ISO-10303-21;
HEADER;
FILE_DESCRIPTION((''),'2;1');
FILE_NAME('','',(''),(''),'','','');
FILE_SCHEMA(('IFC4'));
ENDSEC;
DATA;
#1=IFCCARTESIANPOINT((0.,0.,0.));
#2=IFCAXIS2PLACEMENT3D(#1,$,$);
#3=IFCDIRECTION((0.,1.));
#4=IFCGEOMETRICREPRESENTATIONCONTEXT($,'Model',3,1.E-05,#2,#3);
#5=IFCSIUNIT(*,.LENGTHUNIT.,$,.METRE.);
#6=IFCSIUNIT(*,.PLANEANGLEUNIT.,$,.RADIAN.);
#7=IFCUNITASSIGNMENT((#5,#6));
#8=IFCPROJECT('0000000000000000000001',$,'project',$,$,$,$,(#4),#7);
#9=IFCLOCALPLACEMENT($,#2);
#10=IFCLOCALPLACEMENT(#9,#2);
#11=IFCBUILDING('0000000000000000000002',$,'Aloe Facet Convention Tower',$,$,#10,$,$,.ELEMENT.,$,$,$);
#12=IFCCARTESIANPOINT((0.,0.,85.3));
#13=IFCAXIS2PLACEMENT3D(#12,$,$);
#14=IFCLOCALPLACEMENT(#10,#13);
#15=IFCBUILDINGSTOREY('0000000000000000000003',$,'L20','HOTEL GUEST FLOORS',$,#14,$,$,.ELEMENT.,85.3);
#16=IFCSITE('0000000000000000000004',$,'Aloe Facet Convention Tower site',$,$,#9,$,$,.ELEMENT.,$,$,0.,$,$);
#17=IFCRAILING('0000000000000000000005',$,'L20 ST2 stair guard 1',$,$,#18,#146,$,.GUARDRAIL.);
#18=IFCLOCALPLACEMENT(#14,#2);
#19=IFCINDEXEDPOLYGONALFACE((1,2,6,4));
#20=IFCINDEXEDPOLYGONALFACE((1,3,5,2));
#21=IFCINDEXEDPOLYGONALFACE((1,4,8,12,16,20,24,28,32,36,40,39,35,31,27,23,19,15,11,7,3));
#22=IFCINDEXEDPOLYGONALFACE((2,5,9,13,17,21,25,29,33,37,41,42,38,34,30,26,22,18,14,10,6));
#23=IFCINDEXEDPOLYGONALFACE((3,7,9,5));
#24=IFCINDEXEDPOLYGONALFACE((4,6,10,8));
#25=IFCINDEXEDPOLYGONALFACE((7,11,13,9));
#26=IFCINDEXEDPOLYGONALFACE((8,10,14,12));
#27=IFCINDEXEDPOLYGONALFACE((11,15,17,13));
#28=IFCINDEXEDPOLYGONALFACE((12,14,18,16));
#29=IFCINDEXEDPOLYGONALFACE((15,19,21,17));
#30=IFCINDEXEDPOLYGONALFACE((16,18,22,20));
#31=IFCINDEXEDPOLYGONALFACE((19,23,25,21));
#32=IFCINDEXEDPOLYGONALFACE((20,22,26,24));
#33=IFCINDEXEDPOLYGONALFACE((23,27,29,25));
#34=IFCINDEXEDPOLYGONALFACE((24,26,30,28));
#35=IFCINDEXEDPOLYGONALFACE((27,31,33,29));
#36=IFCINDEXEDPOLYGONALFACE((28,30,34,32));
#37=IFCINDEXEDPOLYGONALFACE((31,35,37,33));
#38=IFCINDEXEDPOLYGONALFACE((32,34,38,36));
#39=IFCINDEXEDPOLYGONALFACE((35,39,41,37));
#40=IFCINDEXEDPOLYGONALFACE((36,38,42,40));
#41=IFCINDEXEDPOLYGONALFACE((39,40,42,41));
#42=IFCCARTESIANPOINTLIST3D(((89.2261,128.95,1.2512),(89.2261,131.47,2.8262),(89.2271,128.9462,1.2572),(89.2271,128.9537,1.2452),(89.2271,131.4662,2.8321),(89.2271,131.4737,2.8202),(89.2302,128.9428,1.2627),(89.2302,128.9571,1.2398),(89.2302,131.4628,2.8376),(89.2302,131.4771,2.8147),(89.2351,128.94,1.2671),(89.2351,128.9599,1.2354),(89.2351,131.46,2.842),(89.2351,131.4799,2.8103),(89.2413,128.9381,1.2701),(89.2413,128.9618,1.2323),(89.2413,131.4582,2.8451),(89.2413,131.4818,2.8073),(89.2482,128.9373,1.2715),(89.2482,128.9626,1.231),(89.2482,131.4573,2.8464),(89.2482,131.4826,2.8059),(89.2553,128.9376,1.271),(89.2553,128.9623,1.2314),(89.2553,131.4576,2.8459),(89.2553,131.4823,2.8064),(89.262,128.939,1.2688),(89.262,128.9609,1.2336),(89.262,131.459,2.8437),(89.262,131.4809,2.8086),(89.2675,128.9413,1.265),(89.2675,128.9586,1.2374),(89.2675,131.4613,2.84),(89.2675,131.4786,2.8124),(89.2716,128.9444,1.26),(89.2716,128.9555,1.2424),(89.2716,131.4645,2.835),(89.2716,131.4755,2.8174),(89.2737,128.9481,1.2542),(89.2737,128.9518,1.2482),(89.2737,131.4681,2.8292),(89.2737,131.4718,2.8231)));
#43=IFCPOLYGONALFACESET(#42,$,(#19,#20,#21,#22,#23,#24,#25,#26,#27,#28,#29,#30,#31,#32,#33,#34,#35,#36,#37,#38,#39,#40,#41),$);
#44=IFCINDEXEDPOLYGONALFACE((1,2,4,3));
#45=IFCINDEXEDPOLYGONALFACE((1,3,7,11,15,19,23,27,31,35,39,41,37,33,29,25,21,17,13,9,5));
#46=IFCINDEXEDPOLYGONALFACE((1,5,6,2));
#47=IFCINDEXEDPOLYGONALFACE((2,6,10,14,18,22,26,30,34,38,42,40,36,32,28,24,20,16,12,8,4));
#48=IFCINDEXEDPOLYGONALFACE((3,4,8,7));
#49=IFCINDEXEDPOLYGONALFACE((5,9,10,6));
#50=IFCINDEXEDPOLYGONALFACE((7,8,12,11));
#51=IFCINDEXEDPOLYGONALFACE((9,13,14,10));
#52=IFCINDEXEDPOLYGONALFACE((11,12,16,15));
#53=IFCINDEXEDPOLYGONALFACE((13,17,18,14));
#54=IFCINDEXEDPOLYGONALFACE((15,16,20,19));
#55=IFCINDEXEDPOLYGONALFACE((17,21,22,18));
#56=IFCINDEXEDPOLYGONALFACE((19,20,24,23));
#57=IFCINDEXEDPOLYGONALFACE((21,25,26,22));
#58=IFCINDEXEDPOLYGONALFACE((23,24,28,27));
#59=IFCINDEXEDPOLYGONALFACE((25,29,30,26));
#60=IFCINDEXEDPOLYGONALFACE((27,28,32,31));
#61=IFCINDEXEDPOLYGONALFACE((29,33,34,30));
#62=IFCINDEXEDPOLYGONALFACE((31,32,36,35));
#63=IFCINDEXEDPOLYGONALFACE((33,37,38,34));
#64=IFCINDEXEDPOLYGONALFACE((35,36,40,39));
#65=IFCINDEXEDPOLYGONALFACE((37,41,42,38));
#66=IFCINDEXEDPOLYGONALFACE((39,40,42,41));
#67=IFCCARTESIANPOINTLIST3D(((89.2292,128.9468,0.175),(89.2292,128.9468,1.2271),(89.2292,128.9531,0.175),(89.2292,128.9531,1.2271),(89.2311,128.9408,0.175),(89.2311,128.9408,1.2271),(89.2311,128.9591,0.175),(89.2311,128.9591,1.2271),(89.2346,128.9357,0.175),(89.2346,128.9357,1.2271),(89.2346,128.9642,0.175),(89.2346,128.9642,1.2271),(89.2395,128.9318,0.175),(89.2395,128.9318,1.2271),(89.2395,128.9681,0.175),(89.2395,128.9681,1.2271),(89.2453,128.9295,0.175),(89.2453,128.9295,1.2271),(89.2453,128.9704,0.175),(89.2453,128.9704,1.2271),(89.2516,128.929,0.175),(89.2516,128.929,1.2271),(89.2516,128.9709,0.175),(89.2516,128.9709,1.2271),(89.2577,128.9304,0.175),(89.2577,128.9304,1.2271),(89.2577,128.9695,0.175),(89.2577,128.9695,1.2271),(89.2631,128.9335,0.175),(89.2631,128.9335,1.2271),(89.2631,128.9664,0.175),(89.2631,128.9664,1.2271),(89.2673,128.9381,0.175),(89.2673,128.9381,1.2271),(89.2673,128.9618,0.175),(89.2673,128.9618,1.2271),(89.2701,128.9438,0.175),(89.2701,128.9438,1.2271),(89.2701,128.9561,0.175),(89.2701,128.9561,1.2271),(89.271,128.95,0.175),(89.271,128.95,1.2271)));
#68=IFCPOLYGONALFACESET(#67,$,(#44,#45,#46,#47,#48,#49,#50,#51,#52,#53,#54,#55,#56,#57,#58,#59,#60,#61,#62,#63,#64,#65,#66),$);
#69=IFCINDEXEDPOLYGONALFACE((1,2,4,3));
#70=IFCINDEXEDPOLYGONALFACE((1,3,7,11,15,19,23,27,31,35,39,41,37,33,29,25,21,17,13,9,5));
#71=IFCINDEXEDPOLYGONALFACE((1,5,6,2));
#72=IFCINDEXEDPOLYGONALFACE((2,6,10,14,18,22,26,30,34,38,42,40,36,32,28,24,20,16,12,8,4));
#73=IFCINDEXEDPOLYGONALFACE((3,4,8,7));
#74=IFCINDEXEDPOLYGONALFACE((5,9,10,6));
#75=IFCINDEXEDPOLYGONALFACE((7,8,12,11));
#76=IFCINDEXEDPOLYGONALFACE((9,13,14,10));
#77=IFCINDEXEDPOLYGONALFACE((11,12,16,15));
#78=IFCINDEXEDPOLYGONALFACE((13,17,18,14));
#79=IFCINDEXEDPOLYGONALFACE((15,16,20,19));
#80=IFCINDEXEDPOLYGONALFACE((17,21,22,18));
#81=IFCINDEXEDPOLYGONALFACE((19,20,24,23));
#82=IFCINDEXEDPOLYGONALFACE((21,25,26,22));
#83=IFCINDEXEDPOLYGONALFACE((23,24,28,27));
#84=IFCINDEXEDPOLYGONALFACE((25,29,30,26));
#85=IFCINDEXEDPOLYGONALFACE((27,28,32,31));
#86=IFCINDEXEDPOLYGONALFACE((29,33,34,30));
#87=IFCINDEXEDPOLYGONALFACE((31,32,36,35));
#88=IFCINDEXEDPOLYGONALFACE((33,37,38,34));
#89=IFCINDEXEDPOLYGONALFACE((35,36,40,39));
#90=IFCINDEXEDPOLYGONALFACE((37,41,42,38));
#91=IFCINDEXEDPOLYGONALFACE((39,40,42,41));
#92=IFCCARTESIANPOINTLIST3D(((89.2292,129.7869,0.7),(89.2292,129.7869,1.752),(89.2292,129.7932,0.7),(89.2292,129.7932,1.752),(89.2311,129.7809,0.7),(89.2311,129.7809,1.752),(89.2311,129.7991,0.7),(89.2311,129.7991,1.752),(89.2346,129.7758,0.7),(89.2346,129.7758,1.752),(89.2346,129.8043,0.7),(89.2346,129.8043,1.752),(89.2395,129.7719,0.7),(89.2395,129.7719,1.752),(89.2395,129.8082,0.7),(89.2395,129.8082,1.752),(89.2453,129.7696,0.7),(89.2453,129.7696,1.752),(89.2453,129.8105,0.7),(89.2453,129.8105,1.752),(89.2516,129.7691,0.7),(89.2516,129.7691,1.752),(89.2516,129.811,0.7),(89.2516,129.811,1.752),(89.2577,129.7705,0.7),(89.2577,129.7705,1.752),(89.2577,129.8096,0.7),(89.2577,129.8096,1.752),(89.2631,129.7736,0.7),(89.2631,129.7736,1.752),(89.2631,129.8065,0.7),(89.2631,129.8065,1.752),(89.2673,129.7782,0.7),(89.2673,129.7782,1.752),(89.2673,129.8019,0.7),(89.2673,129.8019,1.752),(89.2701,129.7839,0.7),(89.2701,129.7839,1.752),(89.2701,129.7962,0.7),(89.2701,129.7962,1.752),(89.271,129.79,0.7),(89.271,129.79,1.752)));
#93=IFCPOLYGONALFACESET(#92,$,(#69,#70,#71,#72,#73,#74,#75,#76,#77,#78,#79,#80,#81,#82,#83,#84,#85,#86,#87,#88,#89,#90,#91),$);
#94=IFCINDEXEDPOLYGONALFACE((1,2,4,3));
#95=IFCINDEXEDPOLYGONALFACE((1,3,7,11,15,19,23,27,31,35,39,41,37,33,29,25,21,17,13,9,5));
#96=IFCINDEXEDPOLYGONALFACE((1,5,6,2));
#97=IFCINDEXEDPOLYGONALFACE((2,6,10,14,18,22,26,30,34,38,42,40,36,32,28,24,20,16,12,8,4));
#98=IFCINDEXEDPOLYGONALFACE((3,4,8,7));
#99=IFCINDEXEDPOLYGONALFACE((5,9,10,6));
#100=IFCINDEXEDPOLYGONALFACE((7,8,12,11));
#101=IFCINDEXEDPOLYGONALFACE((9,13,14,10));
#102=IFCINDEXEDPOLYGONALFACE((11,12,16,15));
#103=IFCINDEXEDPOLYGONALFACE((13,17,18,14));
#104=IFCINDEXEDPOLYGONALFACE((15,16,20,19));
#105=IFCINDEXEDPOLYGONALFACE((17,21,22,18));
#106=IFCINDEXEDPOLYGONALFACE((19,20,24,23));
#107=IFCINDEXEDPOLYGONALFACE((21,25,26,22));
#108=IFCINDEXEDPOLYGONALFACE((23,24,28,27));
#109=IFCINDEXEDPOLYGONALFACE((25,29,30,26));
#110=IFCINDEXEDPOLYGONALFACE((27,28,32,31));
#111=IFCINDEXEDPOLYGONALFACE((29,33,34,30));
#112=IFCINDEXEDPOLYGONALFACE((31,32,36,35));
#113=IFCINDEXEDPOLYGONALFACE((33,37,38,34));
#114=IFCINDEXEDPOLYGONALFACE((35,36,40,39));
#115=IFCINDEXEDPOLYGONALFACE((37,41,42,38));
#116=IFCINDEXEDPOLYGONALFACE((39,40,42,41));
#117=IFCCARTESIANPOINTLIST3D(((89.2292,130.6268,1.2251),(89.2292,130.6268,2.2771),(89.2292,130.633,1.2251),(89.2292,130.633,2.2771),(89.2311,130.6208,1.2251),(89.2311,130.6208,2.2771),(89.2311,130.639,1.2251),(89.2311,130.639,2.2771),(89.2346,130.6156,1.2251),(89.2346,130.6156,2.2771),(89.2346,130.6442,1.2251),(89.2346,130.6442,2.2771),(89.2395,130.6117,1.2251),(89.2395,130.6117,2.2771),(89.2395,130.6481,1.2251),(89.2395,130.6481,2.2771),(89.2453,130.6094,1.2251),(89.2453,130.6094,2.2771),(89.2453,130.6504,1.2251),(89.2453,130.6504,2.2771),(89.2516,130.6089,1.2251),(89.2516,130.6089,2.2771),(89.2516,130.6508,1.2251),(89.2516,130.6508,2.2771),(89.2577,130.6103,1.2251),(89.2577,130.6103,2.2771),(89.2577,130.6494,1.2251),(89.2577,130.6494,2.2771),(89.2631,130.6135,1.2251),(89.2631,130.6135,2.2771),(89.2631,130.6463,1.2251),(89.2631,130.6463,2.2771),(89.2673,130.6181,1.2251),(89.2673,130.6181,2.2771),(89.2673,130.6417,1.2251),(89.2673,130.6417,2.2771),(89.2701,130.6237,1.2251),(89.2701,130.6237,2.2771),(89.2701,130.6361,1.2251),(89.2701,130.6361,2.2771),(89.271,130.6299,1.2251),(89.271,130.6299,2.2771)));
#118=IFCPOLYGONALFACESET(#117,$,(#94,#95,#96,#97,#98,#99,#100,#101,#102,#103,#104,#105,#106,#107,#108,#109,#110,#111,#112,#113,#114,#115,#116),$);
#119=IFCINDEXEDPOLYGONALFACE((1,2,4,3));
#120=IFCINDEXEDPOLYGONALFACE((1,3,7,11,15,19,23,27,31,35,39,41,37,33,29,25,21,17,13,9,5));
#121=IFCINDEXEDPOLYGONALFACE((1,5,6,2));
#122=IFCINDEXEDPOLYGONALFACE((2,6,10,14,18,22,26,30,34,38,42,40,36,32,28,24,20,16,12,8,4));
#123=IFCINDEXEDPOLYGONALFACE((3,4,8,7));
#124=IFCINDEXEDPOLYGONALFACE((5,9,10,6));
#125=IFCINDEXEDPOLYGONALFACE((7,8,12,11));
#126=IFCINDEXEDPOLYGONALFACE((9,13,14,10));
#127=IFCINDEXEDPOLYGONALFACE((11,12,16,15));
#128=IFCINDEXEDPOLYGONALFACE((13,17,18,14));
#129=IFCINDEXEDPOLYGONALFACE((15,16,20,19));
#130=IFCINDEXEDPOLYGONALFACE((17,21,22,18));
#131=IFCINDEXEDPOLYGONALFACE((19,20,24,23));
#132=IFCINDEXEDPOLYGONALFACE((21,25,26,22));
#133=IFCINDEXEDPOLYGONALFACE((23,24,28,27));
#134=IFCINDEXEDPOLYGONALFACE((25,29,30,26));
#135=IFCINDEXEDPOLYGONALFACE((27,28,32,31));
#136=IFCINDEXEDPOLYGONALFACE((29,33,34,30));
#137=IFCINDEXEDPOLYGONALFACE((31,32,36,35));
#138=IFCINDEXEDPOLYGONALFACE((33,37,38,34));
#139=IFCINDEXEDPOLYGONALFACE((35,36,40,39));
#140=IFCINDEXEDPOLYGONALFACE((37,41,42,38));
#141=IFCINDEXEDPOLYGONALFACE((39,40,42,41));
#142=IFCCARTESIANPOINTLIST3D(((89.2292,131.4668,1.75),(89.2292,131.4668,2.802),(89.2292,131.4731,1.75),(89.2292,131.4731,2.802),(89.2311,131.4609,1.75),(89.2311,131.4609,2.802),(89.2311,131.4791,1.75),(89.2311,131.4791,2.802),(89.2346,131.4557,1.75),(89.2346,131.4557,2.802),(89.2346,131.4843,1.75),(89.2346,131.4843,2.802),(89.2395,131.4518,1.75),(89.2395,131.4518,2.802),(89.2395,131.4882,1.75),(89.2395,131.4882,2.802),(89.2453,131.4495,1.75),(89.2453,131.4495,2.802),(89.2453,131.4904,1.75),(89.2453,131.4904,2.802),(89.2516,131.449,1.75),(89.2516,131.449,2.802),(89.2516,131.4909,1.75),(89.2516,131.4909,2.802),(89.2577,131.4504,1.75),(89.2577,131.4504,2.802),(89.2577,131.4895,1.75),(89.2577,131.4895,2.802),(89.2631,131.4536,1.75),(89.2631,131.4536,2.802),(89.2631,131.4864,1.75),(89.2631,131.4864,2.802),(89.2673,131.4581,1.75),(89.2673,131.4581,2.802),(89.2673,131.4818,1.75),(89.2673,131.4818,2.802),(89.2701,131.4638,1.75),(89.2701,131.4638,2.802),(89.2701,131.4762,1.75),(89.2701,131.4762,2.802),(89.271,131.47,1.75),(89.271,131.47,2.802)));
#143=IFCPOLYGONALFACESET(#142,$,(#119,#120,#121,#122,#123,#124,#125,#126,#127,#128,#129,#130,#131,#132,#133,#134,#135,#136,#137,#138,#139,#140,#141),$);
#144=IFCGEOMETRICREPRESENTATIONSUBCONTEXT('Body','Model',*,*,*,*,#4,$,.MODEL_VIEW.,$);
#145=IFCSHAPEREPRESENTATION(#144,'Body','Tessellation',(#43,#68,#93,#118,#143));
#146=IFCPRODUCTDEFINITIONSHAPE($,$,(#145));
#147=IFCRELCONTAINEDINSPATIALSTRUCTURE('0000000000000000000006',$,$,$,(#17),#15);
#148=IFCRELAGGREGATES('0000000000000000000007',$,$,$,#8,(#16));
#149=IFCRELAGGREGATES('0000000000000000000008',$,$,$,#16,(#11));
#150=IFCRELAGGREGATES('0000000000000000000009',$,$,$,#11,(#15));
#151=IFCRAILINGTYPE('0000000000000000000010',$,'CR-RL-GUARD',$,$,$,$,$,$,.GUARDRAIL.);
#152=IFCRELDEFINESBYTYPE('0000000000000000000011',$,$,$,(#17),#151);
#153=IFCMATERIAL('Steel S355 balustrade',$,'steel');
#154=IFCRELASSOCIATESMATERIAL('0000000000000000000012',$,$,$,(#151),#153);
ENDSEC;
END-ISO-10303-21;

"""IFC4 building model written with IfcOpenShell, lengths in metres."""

from ifc_helpers import new_model, si_unit, direction, frame, origin, origin_2d, place, context, subcontext, project, spatial, circle, extrude, material, type_object, element, save


model = new_model("IFC4")

# Units and contexts
model_context = context("Model", 3, precision=1e-05, world=origin(), true_north=direction((0.0, 1.0)))
body_context = subcontext(model_context, "Body", "Model", "MODEL_VIEW")
ifc_project = project(units=[si_unit("LENGTHUNIT", "METRE"), si_unit("PLANEANGLEUNIT", "RADIAN")], contexts=[model_context])

# Site, building, storey
site_placement = place(None, origin())
site = spatial("IfcSite", under=ifc_project, at=site_placement, Name="Aloe Facet Convention Tower site", CompositionType="ELEMENT", RefElevation=0.0)
building_placement = place(site_placement, origin())
building = spatial("IfcBuilding", under=site, at=building_placement, Name="Aloe Facet Convention Tower", CompositionType="ELEMENT")
storey_placement = place(building_placement, frame((0.0, 0.0, 85.3)))
storey = spatial("IfcBuildingStorey", under=building, at=storey_placement, Name="L20", Description="HOTEL GUEST FLOORS", CompositionType="ELEMENT", Elevation=85.3)

# Railing
ifc_material_1 = material(Name="Steel S355 balustrade", Category="steel")
railing_type_1 = type_object("IfcRailingType", Name="CR-RL-GUARD", PredefinedType="GUARDRAIL", material=ifc_material_1)
railing_1_placement = place(storey_placement, frame((89.25, 128.95, 0.175)))
element("IfcRailing", 1, at=railing_1_placement, inside=storey, type_object=railing_type_1, Name="L20 ST2 stair guard 1", PredefinedType="GUARDRAIL", context=body_context, shape_type="SweptSolid", body=[
    extrude(circle(Radius=0.0239, at=origin_2d()), frame((0.0, 0.0, 1.0762), z_axis=(0.0, 0.848008, 0.529984), x_axis=(-1.0, 0.0, 0.0)), (0.0, 0.0, 1.0), 2.9717),
    extrude(circle(Radius=0.021, at=origin_2d()), origin(), (0.0, 0.0, 1.0), 1.052),
    extrude(circle(Radius=0.021, at=origin_2d()), frame((0.0, 0.8401, 0.5249)), (0.0, 0.0, 1.0), 1.052),
    extrude(circle(Radius=0.021, at=origin_2d()), frame((0.0, 1.6799, 1.05)), (0.0, 0.0, 1.0), 1.052),
    extrude(circle(Radius=0.021, at=origin_2d()), frame((0.0, 2.52, 1.575)), (0.0, 0.0, 1.0), 1.052),
])

save(model, "model.ifc")
